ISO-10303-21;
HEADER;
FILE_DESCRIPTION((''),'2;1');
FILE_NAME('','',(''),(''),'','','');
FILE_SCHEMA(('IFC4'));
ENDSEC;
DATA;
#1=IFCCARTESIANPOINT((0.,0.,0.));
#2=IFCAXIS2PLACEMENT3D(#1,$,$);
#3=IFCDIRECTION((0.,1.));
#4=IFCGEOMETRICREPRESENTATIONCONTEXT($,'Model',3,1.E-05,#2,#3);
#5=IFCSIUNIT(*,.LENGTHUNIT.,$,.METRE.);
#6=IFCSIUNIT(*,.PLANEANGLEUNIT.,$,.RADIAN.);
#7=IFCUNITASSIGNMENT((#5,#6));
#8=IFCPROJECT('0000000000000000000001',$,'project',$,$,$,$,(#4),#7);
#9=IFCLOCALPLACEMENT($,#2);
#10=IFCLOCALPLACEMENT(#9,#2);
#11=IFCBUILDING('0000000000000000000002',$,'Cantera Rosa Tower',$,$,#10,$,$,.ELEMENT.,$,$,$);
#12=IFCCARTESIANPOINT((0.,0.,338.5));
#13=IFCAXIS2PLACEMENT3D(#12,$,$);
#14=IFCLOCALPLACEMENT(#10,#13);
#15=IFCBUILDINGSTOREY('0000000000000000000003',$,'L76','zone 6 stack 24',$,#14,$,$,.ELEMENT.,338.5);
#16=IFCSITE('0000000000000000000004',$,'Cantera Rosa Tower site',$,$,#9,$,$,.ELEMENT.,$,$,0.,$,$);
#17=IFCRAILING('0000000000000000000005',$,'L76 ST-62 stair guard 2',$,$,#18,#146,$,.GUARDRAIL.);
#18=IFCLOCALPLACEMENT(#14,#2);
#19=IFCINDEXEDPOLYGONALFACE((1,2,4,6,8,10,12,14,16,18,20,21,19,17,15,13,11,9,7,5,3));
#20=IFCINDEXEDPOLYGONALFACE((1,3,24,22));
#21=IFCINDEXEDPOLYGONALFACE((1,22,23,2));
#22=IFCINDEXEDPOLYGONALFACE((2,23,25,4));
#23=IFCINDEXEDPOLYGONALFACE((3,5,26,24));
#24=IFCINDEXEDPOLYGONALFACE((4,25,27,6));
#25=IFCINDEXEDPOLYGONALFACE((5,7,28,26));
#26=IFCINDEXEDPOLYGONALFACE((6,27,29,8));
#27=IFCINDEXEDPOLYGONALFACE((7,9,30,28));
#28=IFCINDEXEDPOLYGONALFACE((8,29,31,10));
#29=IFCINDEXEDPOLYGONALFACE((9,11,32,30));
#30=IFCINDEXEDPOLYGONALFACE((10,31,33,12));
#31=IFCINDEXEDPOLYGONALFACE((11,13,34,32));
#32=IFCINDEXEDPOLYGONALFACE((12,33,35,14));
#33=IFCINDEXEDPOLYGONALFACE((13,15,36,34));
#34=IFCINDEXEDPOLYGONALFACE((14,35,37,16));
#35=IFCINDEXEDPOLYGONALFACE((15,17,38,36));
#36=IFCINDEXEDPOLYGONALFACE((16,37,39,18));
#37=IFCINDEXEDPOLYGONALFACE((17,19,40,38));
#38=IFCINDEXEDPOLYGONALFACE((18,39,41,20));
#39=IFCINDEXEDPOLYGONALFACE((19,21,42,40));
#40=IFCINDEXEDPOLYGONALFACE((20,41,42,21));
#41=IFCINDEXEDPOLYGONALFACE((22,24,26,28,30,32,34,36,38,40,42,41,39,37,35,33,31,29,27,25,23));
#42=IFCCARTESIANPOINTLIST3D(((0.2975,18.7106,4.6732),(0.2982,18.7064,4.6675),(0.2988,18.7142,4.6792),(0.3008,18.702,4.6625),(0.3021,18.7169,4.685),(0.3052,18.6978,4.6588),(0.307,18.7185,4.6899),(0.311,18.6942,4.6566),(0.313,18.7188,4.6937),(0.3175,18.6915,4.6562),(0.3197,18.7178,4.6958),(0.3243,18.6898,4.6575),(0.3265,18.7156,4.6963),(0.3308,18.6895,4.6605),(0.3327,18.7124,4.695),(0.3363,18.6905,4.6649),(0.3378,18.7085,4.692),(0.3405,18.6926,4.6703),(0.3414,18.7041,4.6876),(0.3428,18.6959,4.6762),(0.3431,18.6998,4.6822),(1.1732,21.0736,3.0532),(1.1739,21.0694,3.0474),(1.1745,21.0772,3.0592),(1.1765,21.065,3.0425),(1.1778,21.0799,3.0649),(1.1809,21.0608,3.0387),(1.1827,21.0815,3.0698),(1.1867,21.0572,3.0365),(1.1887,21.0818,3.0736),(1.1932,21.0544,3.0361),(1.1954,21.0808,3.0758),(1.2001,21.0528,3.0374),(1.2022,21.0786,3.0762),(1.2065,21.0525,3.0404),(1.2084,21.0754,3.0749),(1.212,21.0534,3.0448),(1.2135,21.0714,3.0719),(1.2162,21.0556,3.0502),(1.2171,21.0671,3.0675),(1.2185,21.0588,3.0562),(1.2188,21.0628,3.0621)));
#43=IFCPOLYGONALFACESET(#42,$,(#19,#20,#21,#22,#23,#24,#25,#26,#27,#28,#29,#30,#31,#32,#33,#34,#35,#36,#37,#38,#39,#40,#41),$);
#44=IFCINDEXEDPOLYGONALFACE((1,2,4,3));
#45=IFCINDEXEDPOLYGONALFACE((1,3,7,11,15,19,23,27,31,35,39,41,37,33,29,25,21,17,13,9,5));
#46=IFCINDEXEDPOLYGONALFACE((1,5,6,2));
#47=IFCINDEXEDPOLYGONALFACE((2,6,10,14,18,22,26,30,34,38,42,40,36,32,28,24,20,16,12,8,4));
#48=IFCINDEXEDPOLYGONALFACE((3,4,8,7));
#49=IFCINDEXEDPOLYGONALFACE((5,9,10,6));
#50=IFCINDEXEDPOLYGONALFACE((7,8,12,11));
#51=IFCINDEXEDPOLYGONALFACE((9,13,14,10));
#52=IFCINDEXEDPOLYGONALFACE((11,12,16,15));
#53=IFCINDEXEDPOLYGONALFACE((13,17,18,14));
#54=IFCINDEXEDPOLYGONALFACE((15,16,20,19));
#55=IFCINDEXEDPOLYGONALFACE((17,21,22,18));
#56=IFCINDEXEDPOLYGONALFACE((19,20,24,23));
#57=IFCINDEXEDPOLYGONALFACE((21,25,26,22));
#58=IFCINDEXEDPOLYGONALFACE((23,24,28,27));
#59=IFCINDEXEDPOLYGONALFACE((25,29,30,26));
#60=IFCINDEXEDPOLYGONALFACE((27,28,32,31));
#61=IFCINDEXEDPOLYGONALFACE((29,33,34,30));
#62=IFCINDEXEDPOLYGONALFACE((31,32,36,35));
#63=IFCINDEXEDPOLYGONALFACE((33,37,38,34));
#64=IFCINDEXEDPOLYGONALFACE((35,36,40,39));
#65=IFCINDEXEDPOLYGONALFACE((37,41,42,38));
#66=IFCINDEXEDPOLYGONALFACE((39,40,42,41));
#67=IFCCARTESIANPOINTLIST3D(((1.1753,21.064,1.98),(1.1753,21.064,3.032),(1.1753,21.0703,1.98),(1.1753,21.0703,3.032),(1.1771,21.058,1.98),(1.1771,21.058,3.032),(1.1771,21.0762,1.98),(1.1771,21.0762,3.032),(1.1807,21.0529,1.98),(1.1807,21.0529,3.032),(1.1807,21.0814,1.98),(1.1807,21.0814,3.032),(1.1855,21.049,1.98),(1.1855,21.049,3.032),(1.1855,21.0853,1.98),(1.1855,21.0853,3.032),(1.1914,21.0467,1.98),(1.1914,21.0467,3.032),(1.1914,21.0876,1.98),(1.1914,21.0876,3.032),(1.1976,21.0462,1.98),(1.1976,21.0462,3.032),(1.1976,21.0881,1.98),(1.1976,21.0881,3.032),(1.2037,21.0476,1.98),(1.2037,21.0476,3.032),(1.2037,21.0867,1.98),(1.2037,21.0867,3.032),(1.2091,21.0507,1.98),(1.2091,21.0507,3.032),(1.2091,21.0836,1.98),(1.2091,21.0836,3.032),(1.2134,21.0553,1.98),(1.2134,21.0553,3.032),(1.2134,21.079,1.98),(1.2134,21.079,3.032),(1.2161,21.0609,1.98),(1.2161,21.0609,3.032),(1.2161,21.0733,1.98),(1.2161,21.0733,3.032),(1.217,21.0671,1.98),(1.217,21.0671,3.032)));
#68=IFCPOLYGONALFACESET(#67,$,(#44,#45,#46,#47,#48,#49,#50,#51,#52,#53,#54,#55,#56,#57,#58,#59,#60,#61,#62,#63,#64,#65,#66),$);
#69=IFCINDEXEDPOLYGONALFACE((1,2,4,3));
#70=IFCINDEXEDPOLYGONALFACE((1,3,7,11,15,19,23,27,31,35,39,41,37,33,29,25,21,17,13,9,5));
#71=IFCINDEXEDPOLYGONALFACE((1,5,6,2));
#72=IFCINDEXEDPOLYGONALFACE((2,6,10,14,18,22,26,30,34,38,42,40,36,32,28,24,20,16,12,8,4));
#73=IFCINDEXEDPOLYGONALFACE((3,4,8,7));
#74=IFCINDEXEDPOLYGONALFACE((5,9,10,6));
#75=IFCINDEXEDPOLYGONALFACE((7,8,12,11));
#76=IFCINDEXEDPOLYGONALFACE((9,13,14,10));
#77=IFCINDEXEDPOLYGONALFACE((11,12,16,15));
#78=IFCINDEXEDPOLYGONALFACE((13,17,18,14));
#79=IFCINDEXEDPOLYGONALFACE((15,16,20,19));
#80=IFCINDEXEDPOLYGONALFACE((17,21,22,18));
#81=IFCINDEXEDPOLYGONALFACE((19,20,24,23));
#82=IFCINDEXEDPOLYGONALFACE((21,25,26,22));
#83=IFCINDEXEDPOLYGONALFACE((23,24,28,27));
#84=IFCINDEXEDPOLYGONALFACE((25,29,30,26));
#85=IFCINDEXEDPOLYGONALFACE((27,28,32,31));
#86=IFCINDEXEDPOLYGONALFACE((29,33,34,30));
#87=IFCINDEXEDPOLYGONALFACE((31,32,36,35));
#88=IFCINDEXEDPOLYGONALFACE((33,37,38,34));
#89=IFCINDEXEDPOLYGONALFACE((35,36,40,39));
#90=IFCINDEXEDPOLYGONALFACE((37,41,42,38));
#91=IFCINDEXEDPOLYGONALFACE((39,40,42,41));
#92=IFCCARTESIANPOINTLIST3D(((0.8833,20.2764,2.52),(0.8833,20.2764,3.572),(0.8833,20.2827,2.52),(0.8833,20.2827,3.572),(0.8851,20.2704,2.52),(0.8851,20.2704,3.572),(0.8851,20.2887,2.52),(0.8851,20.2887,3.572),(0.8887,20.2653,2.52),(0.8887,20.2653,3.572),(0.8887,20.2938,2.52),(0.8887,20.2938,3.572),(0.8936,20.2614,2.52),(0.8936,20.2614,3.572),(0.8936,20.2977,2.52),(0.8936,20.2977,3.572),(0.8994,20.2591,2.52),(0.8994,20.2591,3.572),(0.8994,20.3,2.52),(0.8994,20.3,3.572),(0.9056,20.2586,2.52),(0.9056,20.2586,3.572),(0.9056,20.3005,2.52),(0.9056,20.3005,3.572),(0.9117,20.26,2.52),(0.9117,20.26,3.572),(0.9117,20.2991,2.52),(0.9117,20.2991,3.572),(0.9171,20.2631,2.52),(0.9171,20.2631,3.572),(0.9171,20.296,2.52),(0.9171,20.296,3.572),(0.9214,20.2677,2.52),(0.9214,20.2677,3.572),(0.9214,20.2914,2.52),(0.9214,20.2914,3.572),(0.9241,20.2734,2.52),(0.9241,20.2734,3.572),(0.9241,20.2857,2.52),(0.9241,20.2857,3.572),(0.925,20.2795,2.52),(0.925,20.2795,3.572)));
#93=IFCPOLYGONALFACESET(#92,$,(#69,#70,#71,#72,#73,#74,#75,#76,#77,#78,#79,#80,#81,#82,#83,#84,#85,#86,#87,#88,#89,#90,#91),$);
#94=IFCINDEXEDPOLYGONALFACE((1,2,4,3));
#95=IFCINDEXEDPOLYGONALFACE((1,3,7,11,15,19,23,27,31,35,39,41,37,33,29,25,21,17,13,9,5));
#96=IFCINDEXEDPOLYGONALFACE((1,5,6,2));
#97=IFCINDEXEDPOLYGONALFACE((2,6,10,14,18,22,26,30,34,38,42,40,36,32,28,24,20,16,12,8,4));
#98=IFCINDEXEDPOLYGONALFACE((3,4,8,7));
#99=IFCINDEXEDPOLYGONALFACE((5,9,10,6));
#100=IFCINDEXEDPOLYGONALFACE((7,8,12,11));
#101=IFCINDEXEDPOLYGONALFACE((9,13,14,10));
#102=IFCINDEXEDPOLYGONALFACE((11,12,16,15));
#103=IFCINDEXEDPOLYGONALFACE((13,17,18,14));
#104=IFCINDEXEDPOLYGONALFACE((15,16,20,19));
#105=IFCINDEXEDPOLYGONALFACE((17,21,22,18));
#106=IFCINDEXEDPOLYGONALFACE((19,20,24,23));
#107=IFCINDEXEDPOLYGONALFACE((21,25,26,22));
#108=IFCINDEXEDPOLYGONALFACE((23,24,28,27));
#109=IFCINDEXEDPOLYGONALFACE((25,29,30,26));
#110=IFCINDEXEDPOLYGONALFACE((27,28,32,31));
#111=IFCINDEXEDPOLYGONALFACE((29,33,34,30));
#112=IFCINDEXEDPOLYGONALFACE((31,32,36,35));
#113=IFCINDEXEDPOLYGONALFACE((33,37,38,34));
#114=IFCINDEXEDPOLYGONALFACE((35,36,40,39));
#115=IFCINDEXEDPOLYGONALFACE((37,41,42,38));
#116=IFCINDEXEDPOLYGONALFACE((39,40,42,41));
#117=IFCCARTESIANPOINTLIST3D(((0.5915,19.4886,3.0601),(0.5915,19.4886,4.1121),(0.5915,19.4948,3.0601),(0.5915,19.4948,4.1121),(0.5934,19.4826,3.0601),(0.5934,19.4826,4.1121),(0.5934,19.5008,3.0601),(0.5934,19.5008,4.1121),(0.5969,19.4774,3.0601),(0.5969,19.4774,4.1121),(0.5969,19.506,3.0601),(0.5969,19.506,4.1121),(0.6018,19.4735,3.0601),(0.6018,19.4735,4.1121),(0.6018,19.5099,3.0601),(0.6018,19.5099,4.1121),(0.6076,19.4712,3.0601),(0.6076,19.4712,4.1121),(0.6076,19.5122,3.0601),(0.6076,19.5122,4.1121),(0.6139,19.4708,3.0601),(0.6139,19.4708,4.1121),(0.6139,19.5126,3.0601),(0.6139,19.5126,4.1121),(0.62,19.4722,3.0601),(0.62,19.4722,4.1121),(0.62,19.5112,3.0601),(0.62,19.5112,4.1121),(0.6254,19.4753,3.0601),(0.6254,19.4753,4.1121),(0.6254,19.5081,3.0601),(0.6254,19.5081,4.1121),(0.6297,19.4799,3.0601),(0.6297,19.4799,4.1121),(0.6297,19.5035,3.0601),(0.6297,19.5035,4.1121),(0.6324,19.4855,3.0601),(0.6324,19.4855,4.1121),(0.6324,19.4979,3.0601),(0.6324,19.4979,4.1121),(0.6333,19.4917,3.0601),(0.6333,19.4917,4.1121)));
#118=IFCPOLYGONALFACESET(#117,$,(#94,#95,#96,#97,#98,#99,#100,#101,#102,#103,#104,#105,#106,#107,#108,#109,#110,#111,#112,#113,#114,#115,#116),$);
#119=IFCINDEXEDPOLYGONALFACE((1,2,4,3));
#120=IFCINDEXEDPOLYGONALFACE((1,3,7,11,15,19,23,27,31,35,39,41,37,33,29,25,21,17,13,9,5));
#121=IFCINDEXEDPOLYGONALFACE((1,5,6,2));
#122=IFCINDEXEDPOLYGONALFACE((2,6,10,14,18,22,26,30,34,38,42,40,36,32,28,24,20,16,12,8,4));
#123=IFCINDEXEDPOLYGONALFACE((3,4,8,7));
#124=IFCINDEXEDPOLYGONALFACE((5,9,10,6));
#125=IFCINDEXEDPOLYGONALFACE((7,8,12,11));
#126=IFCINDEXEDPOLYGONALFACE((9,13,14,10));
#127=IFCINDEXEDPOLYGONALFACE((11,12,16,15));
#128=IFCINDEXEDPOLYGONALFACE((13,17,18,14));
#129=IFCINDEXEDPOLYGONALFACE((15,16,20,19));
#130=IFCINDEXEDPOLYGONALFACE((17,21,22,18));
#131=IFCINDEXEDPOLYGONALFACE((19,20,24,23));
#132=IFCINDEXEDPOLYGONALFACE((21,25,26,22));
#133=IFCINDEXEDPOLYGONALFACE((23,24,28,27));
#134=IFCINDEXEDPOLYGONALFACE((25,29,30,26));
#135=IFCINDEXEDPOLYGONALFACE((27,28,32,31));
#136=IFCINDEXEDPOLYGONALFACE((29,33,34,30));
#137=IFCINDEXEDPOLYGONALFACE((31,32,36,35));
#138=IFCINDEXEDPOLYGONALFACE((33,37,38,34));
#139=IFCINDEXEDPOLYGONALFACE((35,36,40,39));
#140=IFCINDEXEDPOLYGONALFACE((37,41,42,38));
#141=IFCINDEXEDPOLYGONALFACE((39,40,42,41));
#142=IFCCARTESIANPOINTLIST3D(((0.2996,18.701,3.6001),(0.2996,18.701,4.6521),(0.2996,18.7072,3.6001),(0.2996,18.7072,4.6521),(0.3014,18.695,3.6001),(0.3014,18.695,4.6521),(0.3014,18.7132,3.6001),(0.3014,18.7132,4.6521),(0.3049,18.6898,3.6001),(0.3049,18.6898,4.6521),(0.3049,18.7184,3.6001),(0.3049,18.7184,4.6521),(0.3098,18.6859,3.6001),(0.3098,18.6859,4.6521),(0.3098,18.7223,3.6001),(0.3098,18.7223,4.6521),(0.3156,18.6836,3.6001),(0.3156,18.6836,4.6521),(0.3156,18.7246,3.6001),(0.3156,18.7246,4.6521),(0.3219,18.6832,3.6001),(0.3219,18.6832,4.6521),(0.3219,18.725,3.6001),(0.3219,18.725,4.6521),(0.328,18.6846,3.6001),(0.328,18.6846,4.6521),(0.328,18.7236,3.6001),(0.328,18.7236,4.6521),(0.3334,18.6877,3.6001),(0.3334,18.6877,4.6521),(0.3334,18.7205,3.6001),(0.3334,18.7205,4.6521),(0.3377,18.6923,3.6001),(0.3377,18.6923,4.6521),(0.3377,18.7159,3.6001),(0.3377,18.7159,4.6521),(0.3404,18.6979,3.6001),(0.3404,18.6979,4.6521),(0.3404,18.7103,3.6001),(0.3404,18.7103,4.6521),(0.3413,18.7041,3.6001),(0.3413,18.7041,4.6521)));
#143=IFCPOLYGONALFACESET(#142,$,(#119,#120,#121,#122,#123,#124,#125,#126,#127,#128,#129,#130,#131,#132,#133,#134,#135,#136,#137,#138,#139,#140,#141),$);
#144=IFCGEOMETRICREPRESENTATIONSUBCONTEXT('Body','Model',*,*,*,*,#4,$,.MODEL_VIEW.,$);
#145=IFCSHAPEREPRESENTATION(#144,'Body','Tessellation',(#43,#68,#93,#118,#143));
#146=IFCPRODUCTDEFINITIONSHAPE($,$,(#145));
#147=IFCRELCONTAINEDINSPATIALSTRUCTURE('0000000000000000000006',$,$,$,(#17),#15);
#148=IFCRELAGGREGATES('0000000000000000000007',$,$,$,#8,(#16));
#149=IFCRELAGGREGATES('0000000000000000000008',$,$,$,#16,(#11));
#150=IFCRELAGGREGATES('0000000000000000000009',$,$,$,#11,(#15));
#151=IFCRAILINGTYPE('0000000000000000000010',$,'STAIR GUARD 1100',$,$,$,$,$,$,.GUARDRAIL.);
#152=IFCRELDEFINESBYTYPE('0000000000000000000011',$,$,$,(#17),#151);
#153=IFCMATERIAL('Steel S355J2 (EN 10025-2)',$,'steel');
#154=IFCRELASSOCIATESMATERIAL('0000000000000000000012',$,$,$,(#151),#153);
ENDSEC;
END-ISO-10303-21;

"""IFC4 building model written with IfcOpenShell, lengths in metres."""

from ifc_helpers import new_model, si_unit, direction, frame, origin, origin_2d, place, context, subcontext, project, spatial, circle, extrude, material, type_object, element, save


model = new_model("IFC4")

# Units and contexts
model_context = context("Model", 3, precision=1e-05, world=origin(), true_north=direction((0.0, 1.0)))
body_context = subcontext(model_context, "Body", "Model", "MODEL_VIEW")
ifc_project = project(units=[si_unit("LENGTHUNIT", "METRE"), si_unit("PLANEANGLEUNIT", "RADIAN")], contexts=[model_context])

# Site, building, storey
site_placement = place(None, origin())
site = spatial("IfcSite", under=ifc_project, at=site_placement, Name="Cantera Rosa Tower site", CompositionType="ELEMENT", RefElevation=0.0)
building_placement = place(site_placement, origin())
building = spatial("IfcBuilding", under=site, at=building_placement, Name="Cantera Rosa Tower", CompositionType="ELEMENT")
storey_placement = place(building_placement, frame((0.0, 0.0, 338.5)))
storey = spatial("IfcBuildingStorey", under=building, at=storey_placement, Name="L76", Description="zone 6 stack 24", CompositionType="ELEMENT", Elevation=338.5)

# Railing
ifc_material_1 = material(Name="Steel S355J2 (EN 10025-2)", Category="steel")
railing_type_1 = type_object("IfcRailingType", Name="STAIR GUARD 1100", PredefinedType="GUARDRAIL", material=ifc_material_1)
railing_1_placement = place(storey_placement, frame((1.196, 21.0671, 1.98)))
element("IfcRailing", 1, at=railing_1_placement, inside=storey, type_object=railing_type_1, Name="L76 ST-62 stair guard 2", PredefinedType="GUARDRAIL", context=body_context, shape_type="SweptSolid", body=[
    extrude(circle(Radius=0.0239, at=origin_2d()), frame((0.0, 0.0, 1.0762), z_axis=(-0.292307, -0.788748, 0.540772), x_axis=(0.93768, -0.347501, 0.0)), (0.0, 0.0, 1.0), 2.9958),
    extrude(circle(Radius=0.021, at=origin_2d()), origin(), (0.0, 0.0, 1.0), 1.052),
    extrude(circle(Radius=0.021, at=origin_2d()), frame((-0.292, -0.7876, 0.54)), (0.0, 0.0, 1.0), 1.052),
    extrude(circle(Radius=0.021, at=origin_2d()), frame((-0.5837, -1.5754, 1.0801)), (0.0, 0.0, 1.0), 1.052),
    extrude(circle(Radius=0.021, at=origin_2d()), frame((-0.8757, -2.363, 1.6201)), (0.0, 0.0, 1.0), 1.052),
])

save(model, "model.ifc")
